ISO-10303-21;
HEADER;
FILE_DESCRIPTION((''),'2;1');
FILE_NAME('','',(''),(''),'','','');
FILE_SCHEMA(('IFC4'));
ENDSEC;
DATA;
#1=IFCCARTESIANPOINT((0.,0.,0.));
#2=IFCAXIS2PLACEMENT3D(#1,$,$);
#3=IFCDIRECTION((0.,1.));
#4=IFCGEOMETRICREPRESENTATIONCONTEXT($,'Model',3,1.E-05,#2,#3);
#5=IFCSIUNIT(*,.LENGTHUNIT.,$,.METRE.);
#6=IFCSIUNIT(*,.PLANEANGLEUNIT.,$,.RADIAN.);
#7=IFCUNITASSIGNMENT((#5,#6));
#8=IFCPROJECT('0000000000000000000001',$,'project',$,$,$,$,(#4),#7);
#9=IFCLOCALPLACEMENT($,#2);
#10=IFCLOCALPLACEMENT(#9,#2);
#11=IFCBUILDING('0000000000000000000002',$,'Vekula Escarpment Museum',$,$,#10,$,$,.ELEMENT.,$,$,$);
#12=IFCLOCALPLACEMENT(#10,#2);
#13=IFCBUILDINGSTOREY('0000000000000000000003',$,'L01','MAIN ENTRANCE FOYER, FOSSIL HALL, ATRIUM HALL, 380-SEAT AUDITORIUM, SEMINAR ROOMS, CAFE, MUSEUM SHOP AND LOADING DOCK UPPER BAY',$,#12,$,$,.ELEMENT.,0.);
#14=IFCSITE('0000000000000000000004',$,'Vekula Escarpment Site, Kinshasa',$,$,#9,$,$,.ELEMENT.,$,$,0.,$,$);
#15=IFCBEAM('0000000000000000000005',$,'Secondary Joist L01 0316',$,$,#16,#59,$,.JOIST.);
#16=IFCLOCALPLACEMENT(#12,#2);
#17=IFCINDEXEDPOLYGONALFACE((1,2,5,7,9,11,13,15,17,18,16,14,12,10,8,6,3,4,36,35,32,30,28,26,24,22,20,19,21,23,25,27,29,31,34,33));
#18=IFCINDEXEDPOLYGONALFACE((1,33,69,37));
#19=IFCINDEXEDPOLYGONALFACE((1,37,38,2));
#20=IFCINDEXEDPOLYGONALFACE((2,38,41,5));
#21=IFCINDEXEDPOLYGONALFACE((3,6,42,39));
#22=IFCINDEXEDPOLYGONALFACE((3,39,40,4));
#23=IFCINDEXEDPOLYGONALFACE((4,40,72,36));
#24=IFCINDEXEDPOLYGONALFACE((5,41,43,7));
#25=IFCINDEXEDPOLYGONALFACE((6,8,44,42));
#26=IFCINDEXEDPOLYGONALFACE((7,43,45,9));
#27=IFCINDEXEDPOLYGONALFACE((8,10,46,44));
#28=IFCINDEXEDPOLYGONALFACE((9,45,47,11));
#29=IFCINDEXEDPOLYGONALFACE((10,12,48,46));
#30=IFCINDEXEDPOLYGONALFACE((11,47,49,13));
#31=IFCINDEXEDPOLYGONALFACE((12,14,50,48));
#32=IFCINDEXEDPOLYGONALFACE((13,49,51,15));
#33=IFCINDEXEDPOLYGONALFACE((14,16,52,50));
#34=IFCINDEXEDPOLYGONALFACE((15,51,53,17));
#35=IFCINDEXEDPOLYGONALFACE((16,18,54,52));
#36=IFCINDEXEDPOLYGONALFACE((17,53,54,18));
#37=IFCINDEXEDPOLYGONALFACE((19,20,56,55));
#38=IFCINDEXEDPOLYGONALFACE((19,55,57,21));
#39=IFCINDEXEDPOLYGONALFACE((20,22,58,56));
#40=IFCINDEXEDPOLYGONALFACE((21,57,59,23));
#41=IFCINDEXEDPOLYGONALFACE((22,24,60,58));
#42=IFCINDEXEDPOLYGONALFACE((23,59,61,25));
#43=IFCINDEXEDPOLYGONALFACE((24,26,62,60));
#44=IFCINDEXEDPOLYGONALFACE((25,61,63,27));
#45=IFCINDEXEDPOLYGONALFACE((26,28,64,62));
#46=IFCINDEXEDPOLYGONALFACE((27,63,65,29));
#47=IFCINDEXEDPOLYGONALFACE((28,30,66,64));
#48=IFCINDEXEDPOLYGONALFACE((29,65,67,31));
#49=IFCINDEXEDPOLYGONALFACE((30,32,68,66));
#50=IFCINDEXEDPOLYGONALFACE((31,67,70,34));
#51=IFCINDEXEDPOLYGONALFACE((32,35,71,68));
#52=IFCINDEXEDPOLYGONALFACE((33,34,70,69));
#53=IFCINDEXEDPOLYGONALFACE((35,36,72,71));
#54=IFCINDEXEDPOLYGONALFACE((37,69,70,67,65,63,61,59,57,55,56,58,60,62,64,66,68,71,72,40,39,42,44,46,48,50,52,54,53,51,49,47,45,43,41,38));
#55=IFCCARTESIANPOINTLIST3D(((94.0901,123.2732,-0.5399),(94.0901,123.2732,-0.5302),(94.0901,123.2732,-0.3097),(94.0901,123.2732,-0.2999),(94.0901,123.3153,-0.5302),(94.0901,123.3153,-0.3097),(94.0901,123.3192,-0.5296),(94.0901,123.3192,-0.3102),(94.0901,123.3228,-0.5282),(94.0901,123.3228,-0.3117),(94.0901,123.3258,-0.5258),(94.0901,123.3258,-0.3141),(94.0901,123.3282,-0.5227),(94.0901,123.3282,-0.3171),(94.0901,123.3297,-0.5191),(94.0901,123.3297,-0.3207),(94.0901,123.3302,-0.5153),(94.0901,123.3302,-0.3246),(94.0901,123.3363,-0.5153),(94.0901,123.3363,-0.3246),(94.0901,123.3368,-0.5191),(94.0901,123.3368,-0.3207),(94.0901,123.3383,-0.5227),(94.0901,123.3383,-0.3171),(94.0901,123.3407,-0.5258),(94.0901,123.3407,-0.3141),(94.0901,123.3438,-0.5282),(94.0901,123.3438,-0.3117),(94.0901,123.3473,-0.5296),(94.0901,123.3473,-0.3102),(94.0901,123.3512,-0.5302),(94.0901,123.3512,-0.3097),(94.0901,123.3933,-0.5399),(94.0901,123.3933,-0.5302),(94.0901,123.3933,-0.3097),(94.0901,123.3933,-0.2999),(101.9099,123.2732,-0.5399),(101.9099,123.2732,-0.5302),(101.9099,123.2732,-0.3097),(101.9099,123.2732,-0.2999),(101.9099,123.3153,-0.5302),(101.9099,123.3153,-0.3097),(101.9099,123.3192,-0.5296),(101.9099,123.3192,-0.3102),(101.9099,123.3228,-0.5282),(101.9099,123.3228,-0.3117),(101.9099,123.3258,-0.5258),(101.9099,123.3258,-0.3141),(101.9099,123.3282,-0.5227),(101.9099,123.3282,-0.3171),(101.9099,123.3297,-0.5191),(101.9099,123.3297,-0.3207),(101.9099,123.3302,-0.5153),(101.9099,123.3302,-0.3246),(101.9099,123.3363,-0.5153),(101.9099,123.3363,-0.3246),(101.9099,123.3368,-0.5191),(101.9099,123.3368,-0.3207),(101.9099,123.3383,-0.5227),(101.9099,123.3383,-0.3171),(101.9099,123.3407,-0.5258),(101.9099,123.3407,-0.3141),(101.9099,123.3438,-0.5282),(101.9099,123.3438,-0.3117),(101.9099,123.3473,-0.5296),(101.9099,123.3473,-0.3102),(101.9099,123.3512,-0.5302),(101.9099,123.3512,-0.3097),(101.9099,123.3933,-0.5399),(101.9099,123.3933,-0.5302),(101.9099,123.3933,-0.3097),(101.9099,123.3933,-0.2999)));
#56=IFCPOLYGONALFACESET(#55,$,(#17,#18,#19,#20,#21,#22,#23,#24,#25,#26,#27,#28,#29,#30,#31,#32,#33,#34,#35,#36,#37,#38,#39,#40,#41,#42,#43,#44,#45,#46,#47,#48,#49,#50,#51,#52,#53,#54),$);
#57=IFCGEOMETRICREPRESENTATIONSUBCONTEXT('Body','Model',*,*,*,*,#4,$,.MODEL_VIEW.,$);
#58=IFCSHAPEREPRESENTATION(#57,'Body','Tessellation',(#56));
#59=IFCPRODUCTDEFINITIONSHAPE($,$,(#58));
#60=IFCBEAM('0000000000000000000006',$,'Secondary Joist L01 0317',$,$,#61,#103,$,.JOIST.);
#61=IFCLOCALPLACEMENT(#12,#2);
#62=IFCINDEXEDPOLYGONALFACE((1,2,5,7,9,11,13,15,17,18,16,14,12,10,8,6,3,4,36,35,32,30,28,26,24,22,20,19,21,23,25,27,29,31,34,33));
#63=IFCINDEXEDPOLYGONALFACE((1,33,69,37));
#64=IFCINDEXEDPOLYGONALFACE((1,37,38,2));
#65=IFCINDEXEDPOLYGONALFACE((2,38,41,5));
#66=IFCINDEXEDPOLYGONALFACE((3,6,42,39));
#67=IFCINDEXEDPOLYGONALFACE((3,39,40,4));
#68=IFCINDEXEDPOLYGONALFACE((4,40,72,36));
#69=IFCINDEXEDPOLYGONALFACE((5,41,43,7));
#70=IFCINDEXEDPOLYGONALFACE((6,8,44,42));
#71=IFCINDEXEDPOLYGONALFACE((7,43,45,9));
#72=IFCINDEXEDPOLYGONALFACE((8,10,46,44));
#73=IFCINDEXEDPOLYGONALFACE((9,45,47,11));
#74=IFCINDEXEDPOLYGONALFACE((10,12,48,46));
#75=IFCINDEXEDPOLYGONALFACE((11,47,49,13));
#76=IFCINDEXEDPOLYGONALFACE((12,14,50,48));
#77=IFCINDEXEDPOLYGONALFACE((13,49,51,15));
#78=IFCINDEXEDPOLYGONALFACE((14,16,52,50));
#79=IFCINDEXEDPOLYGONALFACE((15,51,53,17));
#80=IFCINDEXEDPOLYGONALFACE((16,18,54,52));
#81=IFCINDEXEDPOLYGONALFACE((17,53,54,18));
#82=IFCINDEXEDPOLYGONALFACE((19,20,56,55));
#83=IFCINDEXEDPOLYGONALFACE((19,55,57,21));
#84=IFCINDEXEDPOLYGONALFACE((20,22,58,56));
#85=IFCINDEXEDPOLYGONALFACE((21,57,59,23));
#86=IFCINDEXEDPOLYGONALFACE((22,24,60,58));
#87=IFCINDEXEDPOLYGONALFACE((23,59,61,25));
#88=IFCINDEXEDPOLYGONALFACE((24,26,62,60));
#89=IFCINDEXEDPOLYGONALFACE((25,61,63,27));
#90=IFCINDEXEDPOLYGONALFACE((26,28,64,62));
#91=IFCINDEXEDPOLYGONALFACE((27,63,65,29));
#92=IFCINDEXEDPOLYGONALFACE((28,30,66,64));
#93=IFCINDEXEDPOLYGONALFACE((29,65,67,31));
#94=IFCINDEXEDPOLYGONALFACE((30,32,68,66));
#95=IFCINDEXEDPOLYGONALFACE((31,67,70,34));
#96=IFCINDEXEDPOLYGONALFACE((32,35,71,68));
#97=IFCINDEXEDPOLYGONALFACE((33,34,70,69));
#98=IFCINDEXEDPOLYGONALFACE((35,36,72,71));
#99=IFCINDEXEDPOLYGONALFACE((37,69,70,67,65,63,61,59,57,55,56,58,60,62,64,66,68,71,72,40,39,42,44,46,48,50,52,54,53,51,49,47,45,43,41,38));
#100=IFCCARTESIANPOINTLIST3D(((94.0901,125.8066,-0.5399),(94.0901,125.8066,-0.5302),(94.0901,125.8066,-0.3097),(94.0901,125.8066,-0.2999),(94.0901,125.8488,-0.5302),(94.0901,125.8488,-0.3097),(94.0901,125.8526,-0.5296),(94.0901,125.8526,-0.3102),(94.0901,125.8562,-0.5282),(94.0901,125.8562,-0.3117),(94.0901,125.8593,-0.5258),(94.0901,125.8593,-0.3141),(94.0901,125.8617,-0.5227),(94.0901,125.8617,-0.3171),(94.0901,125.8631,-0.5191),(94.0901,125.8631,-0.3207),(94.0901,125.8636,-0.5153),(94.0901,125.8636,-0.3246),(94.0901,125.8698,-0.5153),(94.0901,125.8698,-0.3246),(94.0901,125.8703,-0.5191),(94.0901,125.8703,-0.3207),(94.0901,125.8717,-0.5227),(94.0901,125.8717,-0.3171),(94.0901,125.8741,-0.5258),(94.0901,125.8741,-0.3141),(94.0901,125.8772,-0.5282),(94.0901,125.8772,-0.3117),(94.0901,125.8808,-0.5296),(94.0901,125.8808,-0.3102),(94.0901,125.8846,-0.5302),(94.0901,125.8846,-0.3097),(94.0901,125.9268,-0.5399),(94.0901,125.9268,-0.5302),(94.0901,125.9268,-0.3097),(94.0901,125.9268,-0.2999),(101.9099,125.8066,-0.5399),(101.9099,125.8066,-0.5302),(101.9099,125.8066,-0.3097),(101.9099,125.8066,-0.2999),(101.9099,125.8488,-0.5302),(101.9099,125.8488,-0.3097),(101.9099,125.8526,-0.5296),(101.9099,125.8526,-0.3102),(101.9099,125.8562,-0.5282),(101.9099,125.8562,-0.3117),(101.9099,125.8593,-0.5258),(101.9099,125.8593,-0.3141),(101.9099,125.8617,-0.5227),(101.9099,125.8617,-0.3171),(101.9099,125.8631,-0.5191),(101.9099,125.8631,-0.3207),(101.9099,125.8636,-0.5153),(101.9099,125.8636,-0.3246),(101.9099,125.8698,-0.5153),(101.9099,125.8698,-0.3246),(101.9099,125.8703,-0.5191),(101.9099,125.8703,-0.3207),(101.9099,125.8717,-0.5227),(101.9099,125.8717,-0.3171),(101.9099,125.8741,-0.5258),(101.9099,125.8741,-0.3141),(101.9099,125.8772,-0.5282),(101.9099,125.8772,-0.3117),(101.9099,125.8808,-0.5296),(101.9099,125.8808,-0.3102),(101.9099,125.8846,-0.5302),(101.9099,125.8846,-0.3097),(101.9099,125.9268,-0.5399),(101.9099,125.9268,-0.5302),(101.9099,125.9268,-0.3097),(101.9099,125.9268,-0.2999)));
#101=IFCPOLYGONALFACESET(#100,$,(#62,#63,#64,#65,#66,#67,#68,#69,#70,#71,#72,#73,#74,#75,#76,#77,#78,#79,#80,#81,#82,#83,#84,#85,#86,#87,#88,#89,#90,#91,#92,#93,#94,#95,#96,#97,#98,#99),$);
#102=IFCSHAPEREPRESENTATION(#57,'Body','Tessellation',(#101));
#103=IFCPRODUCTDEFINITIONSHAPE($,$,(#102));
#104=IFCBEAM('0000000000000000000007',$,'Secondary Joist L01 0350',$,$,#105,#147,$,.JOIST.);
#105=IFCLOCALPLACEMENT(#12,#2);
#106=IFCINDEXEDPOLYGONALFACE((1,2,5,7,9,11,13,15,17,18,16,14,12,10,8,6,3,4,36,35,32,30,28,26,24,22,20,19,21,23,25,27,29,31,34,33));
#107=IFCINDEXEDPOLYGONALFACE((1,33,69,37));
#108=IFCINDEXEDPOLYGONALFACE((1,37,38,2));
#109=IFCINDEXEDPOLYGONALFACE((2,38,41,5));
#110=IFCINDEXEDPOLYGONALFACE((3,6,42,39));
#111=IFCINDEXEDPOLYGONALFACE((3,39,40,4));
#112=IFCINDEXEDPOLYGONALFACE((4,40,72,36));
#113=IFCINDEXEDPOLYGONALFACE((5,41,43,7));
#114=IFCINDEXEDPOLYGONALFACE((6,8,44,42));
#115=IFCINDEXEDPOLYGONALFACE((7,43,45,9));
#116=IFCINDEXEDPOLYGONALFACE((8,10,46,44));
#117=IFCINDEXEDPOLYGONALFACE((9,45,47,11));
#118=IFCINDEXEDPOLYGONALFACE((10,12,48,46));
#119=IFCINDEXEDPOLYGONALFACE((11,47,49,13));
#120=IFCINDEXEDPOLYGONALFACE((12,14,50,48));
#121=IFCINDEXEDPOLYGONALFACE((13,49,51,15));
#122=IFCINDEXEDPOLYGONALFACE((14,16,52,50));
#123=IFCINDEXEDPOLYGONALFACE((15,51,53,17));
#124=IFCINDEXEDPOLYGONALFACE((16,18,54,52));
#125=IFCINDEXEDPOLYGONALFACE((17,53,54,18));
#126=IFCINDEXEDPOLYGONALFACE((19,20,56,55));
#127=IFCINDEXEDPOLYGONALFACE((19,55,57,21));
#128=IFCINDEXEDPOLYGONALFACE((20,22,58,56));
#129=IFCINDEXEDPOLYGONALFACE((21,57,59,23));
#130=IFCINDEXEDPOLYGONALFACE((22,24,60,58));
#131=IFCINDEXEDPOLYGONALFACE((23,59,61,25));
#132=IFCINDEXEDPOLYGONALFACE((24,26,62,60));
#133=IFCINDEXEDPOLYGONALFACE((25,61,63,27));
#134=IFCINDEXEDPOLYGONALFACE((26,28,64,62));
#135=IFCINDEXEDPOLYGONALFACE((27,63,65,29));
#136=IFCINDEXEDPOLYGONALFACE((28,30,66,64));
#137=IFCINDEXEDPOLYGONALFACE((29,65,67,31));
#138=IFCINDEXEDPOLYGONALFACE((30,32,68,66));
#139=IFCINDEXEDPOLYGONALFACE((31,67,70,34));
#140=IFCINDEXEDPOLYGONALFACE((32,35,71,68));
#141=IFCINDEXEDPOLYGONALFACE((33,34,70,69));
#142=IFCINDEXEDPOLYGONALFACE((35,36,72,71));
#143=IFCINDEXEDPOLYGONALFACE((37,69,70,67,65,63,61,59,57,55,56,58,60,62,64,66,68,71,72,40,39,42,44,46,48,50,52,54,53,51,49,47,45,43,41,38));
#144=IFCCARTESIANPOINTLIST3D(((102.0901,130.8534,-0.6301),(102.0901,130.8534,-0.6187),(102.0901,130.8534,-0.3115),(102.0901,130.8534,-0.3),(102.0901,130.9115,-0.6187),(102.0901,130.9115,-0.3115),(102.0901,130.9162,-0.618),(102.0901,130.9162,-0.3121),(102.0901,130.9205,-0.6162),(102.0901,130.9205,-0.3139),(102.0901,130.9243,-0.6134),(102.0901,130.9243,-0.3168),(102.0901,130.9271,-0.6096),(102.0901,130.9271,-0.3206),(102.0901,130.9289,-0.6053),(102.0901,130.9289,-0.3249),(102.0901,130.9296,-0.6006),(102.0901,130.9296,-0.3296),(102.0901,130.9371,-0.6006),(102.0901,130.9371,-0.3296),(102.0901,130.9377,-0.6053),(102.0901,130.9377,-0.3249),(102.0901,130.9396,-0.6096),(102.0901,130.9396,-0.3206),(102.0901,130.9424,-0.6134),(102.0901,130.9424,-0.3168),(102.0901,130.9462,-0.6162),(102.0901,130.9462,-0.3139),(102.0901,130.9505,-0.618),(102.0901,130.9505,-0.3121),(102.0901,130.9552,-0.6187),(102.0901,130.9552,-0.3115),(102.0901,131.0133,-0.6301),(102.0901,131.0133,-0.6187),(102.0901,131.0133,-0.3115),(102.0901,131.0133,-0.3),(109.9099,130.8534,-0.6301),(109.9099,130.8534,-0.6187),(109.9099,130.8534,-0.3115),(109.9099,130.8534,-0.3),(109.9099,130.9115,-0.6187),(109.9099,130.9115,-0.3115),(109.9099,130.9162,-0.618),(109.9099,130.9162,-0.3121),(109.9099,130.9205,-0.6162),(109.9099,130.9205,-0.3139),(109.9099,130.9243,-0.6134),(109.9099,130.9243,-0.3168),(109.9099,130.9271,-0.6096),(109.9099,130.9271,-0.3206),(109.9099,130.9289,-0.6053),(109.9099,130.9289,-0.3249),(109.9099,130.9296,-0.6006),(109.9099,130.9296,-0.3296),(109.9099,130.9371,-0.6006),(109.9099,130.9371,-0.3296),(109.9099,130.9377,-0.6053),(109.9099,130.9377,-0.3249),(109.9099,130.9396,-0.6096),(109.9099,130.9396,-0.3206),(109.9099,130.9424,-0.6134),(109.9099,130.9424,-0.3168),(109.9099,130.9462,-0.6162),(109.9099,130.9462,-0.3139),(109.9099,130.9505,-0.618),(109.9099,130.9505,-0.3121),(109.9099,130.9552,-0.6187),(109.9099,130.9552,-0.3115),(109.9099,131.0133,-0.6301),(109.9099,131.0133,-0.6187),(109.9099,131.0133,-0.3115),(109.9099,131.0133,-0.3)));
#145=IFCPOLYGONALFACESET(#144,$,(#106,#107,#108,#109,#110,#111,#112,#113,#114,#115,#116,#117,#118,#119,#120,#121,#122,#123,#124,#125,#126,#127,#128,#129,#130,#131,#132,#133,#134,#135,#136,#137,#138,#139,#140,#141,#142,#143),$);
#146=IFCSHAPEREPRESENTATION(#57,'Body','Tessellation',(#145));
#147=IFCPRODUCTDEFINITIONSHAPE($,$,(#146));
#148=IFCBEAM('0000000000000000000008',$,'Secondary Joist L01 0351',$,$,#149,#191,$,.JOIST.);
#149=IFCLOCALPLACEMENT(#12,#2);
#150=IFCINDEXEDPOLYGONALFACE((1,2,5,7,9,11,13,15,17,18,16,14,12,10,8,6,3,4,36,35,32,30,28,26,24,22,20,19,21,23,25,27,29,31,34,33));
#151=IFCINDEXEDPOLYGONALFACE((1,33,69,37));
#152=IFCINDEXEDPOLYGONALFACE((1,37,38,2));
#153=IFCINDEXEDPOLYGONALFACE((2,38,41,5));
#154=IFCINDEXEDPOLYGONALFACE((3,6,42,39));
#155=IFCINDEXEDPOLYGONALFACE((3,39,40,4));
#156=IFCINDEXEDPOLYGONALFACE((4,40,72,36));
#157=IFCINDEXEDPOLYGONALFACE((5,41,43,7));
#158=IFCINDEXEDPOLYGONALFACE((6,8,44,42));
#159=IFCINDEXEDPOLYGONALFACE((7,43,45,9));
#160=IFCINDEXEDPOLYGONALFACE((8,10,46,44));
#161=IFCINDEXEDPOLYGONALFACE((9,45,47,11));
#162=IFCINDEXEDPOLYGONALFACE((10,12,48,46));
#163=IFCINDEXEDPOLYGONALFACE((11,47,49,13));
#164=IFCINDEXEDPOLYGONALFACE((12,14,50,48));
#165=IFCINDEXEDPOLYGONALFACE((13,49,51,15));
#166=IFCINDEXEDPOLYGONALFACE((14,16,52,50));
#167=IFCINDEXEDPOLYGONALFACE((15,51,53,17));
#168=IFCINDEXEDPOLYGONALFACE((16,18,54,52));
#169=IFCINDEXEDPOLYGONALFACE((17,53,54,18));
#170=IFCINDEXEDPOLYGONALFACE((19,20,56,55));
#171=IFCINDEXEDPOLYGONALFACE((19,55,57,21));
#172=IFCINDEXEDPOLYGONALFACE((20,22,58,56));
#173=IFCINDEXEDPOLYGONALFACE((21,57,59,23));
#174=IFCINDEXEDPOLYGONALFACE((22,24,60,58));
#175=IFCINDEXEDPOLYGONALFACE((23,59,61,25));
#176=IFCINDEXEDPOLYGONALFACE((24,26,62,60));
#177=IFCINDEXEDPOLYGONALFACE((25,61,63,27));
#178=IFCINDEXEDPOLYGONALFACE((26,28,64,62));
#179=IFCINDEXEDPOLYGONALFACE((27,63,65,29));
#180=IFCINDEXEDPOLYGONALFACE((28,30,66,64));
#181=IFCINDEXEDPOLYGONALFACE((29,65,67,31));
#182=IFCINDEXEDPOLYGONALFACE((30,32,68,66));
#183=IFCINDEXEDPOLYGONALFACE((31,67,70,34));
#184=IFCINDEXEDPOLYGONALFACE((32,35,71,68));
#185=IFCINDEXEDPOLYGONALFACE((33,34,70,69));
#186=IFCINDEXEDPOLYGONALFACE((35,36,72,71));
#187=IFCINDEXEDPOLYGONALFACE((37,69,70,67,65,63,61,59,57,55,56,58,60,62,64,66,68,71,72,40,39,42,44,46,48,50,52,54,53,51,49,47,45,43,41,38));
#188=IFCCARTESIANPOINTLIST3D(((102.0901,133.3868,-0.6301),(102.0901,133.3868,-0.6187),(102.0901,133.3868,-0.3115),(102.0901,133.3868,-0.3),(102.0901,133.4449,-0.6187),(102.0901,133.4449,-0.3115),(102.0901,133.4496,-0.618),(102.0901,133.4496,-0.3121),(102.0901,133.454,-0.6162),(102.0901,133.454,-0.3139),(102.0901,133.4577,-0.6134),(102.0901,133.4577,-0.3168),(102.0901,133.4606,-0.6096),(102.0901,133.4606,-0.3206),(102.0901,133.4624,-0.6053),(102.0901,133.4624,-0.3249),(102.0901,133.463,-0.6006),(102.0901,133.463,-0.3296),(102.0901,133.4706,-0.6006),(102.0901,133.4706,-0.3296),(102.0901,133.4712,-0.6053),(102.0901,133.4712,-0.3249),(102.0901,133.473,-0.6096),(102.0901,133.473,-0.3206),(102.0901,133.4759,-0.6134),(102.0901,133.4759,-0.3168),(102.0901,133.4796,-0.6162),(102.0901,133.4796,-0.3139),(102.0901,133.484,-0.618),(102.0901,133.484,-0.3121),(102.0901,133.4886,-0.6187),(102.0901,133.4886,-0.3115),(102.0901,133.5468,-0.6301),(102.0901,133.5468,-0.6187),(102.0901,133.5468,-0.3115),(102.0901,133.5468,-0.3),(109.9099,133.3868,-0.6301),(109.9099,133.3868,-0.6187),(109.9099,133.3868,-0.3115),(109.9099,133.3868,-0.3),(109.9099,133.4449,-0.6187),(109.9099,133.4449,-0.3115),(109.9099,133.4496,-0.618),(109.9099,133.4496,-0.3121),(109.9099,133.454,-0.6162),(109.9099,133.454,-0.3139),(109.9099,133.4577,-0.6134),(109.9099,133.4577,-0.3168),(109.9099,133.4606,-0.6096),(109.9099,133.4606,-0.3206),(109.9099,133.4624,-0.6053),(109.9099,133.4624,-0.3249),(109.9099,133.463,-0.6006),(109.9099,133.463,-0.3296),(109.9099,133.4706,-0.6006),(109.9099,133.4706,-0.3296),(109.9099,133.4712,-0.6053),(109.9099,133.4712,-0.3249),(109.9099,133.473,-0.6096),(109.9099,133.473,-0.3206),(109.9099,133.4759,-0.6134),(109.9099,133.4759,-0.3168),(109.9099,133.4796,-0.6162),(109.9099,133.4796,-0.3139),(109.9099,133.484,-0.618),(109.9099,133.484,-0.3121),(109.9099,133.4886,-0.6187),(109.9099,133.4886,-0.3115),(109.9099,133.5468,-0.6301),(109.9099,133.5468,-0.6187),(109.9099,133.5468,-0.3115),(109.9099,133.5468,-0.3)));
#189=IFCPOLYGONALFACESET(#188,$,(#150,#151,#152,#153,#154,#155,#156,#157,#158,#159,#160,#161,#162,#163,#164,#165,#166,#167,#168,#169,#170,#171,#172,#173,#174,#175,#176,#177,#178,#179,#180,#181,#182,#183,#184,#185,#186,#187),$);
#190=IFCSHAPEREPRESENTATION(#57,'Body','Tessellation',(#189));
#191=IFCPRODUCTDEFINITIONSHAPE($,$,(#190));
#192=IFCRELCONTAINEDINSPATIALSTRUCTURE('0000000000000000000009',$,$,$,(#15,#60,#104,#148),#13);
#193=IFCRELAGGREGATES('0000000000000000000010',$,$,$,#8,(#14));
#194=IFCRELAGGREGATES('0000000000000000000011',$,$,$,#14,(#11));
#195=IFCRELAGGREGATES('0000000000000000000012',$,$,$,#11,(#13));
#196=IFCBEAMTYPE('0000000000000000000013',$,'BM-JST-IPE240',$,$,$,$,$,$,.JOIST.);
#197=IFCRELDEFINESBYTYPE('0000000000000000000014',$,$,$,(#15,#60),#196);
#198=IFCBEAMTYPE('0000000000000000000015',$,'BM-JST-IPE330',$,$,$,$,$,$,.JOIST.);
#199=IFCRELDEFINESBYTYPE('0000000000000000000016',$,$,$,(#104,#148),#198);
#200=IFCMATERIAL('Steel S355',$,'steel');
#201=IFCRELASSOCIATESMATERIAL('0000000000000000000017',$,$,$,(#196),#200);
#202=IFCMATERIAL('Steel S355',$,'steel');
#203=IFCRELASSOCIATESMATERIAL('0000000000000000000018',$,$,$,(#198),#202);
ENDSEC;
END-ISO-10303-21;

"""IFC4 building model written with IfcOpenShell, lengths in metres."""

from ifc_helpers import new_model, si_unit, direction, frame, origin, origin_2d, place, context, subcontext, project, spatial, i_section, extrude, material, material_profile, profile_set, type_object, element, save


model = new_model("IFC4")

# Units and contexts
model_context = context("Model", 3, precision=1e-05, world=origin(), true_north=direction((0.0, 1.0)))
body_context = subcontext(model_context, "Body", "Model", "MODEL_VIEW")
ifc_project = project(units=[si_unit("LENGTHUNIT", "METRE"), si_unit("PLANEANGLEUNIT", "RADIAN")], contexts=[model_context])

# Site, building, storey
site_placement = place(None, origin())
site = spatial("IfcSite", under=ifc_project, at=site_placement, Name="Vekula Escarpment Site, Kinshasa", CompositionType="ELEMENT", RefElevation=0.0)
building_placement = place(site_placement, origin())
building = spatial("IfcBuilding", under=site, at=building_placement, Name="Vekula Escarpment Museum", CompositionType="ELEMENT")
storey_placement = place(building_placement, origin())
storey = spatial("IfcBuildingStorey", under=building, at=storey_placement, Name="L01", Description="MAIN ENTRANCE FOYER, FOSSIL HALL, ATRIUM HALL, 380-SEAT AUDITORIUM, SEMINAR ROOMS, CAFE, MUSEUM SHOP AND LOADING DOCK UPPER BAY", CompositionType="ELEMENT", Elevation=0.0)

# Beams
ifc_material_1 = material(Name="Steel S355", Category="steel")
ifc_material_profile_1 = material_profile(ifc_material_1, i_section(OverallWidth=0.1201, OverallDepth=0.24, WebThickness=0.0061, FlangeThickness=0.0098, FilletRadius=0.0149, at=origin_2d()), Name="IPE 240")
ifc_profile_set_1 = profile_set([ifc_material_profile_1], Name="Steel S355")
beam_type_1 = type_object("IfcBeamType", Name="BM-JST-IPE240", PredefinedType="JOIST", material=ifc_profile_set_1)
for number, where, z_axis, x_axis, name in (
    (1, (94.0901, 123.3333, -0.4199), (1.0, 0.0, 0.0), (0.0, 1.0, 0.0), "Secondary Joist L01 0316"),
    (2, (94.0901, 125.8667, -0.4199), (1.0, 0.0, 0.0), (0.0, 1.0, 0.0), "Secondary Joist L01 0317"),
):
    element("IfcBeam", number, at=place(storey_placement, frame(where, z_axis=z_axis, x_axis=x_axis)), inside=storey, type_object=beam_type_1, Name=name, PredefinedType="JOIST", context=body_context, shape_type="SweptSolid", body=[
        extrude(i_section(OverallWidth=0.1201, OverallDepth=0.24, WebThickness=0.0061, FlangeThickness=0.0098, FilletRadius=0.0149, at=origin_2d()), origin(), (0.0, 0.0, 1.0), 7.8198),
    ])
ifc_material_2 = material(Name="Steel S355", Category="steel")
ifc_material_profile_2 = material_profile(ifc_material_2, i_section(OverallWidth=0.1599, OverallDepth=0.3301, WebThickness=0.0076, FlangeThickness=0.0115, FilletRadius=0.0181, at=origin_2d()), Name="IPE 330")
ifc_profile_set_2 = profile_set([ifc_material_profile_2], Name="Steel S355")
beam_type_2 = type_object("IfcBeamType", Name="BM-JST-IPE330", PredefinedType="JOIST", material=ifc_profile_set_2)
for number, where, z_axis, x_axis, name in (
    (3, (102.0901, 130.9333, -0.4651), (1.0, 0.0, 0.0), (0.0, 1.0, 0.0), "Secondary Joist L01 0350"),
    (4, (102.0901, 133.4668, -0.4651), (1.0, 0.0, 0.0), (0.0, 1.0, 0.0), "Secondary Joist L01 0351"),
):
    element("IfcBeam", number, at=place(storey_placement, frame(where, z_axis=z_axis, x_axis=x_axis)), inside=storey, type_object=beam_type_2, Name=name, PredefinedType="JOIST", context=body_context, shape_type="SweptSolid", body=[
        extrude(i_section(OverallWidth=0.1599, OverallDepth=0.3301, WebThickness=0.0076, FlangeThickness=0.0115, FilletRadius=0.0181, at=origin_2d()), origin(), (0.0, 0.0, 1.0), 7.8198),
    ])

save(model, "model.ifc")
